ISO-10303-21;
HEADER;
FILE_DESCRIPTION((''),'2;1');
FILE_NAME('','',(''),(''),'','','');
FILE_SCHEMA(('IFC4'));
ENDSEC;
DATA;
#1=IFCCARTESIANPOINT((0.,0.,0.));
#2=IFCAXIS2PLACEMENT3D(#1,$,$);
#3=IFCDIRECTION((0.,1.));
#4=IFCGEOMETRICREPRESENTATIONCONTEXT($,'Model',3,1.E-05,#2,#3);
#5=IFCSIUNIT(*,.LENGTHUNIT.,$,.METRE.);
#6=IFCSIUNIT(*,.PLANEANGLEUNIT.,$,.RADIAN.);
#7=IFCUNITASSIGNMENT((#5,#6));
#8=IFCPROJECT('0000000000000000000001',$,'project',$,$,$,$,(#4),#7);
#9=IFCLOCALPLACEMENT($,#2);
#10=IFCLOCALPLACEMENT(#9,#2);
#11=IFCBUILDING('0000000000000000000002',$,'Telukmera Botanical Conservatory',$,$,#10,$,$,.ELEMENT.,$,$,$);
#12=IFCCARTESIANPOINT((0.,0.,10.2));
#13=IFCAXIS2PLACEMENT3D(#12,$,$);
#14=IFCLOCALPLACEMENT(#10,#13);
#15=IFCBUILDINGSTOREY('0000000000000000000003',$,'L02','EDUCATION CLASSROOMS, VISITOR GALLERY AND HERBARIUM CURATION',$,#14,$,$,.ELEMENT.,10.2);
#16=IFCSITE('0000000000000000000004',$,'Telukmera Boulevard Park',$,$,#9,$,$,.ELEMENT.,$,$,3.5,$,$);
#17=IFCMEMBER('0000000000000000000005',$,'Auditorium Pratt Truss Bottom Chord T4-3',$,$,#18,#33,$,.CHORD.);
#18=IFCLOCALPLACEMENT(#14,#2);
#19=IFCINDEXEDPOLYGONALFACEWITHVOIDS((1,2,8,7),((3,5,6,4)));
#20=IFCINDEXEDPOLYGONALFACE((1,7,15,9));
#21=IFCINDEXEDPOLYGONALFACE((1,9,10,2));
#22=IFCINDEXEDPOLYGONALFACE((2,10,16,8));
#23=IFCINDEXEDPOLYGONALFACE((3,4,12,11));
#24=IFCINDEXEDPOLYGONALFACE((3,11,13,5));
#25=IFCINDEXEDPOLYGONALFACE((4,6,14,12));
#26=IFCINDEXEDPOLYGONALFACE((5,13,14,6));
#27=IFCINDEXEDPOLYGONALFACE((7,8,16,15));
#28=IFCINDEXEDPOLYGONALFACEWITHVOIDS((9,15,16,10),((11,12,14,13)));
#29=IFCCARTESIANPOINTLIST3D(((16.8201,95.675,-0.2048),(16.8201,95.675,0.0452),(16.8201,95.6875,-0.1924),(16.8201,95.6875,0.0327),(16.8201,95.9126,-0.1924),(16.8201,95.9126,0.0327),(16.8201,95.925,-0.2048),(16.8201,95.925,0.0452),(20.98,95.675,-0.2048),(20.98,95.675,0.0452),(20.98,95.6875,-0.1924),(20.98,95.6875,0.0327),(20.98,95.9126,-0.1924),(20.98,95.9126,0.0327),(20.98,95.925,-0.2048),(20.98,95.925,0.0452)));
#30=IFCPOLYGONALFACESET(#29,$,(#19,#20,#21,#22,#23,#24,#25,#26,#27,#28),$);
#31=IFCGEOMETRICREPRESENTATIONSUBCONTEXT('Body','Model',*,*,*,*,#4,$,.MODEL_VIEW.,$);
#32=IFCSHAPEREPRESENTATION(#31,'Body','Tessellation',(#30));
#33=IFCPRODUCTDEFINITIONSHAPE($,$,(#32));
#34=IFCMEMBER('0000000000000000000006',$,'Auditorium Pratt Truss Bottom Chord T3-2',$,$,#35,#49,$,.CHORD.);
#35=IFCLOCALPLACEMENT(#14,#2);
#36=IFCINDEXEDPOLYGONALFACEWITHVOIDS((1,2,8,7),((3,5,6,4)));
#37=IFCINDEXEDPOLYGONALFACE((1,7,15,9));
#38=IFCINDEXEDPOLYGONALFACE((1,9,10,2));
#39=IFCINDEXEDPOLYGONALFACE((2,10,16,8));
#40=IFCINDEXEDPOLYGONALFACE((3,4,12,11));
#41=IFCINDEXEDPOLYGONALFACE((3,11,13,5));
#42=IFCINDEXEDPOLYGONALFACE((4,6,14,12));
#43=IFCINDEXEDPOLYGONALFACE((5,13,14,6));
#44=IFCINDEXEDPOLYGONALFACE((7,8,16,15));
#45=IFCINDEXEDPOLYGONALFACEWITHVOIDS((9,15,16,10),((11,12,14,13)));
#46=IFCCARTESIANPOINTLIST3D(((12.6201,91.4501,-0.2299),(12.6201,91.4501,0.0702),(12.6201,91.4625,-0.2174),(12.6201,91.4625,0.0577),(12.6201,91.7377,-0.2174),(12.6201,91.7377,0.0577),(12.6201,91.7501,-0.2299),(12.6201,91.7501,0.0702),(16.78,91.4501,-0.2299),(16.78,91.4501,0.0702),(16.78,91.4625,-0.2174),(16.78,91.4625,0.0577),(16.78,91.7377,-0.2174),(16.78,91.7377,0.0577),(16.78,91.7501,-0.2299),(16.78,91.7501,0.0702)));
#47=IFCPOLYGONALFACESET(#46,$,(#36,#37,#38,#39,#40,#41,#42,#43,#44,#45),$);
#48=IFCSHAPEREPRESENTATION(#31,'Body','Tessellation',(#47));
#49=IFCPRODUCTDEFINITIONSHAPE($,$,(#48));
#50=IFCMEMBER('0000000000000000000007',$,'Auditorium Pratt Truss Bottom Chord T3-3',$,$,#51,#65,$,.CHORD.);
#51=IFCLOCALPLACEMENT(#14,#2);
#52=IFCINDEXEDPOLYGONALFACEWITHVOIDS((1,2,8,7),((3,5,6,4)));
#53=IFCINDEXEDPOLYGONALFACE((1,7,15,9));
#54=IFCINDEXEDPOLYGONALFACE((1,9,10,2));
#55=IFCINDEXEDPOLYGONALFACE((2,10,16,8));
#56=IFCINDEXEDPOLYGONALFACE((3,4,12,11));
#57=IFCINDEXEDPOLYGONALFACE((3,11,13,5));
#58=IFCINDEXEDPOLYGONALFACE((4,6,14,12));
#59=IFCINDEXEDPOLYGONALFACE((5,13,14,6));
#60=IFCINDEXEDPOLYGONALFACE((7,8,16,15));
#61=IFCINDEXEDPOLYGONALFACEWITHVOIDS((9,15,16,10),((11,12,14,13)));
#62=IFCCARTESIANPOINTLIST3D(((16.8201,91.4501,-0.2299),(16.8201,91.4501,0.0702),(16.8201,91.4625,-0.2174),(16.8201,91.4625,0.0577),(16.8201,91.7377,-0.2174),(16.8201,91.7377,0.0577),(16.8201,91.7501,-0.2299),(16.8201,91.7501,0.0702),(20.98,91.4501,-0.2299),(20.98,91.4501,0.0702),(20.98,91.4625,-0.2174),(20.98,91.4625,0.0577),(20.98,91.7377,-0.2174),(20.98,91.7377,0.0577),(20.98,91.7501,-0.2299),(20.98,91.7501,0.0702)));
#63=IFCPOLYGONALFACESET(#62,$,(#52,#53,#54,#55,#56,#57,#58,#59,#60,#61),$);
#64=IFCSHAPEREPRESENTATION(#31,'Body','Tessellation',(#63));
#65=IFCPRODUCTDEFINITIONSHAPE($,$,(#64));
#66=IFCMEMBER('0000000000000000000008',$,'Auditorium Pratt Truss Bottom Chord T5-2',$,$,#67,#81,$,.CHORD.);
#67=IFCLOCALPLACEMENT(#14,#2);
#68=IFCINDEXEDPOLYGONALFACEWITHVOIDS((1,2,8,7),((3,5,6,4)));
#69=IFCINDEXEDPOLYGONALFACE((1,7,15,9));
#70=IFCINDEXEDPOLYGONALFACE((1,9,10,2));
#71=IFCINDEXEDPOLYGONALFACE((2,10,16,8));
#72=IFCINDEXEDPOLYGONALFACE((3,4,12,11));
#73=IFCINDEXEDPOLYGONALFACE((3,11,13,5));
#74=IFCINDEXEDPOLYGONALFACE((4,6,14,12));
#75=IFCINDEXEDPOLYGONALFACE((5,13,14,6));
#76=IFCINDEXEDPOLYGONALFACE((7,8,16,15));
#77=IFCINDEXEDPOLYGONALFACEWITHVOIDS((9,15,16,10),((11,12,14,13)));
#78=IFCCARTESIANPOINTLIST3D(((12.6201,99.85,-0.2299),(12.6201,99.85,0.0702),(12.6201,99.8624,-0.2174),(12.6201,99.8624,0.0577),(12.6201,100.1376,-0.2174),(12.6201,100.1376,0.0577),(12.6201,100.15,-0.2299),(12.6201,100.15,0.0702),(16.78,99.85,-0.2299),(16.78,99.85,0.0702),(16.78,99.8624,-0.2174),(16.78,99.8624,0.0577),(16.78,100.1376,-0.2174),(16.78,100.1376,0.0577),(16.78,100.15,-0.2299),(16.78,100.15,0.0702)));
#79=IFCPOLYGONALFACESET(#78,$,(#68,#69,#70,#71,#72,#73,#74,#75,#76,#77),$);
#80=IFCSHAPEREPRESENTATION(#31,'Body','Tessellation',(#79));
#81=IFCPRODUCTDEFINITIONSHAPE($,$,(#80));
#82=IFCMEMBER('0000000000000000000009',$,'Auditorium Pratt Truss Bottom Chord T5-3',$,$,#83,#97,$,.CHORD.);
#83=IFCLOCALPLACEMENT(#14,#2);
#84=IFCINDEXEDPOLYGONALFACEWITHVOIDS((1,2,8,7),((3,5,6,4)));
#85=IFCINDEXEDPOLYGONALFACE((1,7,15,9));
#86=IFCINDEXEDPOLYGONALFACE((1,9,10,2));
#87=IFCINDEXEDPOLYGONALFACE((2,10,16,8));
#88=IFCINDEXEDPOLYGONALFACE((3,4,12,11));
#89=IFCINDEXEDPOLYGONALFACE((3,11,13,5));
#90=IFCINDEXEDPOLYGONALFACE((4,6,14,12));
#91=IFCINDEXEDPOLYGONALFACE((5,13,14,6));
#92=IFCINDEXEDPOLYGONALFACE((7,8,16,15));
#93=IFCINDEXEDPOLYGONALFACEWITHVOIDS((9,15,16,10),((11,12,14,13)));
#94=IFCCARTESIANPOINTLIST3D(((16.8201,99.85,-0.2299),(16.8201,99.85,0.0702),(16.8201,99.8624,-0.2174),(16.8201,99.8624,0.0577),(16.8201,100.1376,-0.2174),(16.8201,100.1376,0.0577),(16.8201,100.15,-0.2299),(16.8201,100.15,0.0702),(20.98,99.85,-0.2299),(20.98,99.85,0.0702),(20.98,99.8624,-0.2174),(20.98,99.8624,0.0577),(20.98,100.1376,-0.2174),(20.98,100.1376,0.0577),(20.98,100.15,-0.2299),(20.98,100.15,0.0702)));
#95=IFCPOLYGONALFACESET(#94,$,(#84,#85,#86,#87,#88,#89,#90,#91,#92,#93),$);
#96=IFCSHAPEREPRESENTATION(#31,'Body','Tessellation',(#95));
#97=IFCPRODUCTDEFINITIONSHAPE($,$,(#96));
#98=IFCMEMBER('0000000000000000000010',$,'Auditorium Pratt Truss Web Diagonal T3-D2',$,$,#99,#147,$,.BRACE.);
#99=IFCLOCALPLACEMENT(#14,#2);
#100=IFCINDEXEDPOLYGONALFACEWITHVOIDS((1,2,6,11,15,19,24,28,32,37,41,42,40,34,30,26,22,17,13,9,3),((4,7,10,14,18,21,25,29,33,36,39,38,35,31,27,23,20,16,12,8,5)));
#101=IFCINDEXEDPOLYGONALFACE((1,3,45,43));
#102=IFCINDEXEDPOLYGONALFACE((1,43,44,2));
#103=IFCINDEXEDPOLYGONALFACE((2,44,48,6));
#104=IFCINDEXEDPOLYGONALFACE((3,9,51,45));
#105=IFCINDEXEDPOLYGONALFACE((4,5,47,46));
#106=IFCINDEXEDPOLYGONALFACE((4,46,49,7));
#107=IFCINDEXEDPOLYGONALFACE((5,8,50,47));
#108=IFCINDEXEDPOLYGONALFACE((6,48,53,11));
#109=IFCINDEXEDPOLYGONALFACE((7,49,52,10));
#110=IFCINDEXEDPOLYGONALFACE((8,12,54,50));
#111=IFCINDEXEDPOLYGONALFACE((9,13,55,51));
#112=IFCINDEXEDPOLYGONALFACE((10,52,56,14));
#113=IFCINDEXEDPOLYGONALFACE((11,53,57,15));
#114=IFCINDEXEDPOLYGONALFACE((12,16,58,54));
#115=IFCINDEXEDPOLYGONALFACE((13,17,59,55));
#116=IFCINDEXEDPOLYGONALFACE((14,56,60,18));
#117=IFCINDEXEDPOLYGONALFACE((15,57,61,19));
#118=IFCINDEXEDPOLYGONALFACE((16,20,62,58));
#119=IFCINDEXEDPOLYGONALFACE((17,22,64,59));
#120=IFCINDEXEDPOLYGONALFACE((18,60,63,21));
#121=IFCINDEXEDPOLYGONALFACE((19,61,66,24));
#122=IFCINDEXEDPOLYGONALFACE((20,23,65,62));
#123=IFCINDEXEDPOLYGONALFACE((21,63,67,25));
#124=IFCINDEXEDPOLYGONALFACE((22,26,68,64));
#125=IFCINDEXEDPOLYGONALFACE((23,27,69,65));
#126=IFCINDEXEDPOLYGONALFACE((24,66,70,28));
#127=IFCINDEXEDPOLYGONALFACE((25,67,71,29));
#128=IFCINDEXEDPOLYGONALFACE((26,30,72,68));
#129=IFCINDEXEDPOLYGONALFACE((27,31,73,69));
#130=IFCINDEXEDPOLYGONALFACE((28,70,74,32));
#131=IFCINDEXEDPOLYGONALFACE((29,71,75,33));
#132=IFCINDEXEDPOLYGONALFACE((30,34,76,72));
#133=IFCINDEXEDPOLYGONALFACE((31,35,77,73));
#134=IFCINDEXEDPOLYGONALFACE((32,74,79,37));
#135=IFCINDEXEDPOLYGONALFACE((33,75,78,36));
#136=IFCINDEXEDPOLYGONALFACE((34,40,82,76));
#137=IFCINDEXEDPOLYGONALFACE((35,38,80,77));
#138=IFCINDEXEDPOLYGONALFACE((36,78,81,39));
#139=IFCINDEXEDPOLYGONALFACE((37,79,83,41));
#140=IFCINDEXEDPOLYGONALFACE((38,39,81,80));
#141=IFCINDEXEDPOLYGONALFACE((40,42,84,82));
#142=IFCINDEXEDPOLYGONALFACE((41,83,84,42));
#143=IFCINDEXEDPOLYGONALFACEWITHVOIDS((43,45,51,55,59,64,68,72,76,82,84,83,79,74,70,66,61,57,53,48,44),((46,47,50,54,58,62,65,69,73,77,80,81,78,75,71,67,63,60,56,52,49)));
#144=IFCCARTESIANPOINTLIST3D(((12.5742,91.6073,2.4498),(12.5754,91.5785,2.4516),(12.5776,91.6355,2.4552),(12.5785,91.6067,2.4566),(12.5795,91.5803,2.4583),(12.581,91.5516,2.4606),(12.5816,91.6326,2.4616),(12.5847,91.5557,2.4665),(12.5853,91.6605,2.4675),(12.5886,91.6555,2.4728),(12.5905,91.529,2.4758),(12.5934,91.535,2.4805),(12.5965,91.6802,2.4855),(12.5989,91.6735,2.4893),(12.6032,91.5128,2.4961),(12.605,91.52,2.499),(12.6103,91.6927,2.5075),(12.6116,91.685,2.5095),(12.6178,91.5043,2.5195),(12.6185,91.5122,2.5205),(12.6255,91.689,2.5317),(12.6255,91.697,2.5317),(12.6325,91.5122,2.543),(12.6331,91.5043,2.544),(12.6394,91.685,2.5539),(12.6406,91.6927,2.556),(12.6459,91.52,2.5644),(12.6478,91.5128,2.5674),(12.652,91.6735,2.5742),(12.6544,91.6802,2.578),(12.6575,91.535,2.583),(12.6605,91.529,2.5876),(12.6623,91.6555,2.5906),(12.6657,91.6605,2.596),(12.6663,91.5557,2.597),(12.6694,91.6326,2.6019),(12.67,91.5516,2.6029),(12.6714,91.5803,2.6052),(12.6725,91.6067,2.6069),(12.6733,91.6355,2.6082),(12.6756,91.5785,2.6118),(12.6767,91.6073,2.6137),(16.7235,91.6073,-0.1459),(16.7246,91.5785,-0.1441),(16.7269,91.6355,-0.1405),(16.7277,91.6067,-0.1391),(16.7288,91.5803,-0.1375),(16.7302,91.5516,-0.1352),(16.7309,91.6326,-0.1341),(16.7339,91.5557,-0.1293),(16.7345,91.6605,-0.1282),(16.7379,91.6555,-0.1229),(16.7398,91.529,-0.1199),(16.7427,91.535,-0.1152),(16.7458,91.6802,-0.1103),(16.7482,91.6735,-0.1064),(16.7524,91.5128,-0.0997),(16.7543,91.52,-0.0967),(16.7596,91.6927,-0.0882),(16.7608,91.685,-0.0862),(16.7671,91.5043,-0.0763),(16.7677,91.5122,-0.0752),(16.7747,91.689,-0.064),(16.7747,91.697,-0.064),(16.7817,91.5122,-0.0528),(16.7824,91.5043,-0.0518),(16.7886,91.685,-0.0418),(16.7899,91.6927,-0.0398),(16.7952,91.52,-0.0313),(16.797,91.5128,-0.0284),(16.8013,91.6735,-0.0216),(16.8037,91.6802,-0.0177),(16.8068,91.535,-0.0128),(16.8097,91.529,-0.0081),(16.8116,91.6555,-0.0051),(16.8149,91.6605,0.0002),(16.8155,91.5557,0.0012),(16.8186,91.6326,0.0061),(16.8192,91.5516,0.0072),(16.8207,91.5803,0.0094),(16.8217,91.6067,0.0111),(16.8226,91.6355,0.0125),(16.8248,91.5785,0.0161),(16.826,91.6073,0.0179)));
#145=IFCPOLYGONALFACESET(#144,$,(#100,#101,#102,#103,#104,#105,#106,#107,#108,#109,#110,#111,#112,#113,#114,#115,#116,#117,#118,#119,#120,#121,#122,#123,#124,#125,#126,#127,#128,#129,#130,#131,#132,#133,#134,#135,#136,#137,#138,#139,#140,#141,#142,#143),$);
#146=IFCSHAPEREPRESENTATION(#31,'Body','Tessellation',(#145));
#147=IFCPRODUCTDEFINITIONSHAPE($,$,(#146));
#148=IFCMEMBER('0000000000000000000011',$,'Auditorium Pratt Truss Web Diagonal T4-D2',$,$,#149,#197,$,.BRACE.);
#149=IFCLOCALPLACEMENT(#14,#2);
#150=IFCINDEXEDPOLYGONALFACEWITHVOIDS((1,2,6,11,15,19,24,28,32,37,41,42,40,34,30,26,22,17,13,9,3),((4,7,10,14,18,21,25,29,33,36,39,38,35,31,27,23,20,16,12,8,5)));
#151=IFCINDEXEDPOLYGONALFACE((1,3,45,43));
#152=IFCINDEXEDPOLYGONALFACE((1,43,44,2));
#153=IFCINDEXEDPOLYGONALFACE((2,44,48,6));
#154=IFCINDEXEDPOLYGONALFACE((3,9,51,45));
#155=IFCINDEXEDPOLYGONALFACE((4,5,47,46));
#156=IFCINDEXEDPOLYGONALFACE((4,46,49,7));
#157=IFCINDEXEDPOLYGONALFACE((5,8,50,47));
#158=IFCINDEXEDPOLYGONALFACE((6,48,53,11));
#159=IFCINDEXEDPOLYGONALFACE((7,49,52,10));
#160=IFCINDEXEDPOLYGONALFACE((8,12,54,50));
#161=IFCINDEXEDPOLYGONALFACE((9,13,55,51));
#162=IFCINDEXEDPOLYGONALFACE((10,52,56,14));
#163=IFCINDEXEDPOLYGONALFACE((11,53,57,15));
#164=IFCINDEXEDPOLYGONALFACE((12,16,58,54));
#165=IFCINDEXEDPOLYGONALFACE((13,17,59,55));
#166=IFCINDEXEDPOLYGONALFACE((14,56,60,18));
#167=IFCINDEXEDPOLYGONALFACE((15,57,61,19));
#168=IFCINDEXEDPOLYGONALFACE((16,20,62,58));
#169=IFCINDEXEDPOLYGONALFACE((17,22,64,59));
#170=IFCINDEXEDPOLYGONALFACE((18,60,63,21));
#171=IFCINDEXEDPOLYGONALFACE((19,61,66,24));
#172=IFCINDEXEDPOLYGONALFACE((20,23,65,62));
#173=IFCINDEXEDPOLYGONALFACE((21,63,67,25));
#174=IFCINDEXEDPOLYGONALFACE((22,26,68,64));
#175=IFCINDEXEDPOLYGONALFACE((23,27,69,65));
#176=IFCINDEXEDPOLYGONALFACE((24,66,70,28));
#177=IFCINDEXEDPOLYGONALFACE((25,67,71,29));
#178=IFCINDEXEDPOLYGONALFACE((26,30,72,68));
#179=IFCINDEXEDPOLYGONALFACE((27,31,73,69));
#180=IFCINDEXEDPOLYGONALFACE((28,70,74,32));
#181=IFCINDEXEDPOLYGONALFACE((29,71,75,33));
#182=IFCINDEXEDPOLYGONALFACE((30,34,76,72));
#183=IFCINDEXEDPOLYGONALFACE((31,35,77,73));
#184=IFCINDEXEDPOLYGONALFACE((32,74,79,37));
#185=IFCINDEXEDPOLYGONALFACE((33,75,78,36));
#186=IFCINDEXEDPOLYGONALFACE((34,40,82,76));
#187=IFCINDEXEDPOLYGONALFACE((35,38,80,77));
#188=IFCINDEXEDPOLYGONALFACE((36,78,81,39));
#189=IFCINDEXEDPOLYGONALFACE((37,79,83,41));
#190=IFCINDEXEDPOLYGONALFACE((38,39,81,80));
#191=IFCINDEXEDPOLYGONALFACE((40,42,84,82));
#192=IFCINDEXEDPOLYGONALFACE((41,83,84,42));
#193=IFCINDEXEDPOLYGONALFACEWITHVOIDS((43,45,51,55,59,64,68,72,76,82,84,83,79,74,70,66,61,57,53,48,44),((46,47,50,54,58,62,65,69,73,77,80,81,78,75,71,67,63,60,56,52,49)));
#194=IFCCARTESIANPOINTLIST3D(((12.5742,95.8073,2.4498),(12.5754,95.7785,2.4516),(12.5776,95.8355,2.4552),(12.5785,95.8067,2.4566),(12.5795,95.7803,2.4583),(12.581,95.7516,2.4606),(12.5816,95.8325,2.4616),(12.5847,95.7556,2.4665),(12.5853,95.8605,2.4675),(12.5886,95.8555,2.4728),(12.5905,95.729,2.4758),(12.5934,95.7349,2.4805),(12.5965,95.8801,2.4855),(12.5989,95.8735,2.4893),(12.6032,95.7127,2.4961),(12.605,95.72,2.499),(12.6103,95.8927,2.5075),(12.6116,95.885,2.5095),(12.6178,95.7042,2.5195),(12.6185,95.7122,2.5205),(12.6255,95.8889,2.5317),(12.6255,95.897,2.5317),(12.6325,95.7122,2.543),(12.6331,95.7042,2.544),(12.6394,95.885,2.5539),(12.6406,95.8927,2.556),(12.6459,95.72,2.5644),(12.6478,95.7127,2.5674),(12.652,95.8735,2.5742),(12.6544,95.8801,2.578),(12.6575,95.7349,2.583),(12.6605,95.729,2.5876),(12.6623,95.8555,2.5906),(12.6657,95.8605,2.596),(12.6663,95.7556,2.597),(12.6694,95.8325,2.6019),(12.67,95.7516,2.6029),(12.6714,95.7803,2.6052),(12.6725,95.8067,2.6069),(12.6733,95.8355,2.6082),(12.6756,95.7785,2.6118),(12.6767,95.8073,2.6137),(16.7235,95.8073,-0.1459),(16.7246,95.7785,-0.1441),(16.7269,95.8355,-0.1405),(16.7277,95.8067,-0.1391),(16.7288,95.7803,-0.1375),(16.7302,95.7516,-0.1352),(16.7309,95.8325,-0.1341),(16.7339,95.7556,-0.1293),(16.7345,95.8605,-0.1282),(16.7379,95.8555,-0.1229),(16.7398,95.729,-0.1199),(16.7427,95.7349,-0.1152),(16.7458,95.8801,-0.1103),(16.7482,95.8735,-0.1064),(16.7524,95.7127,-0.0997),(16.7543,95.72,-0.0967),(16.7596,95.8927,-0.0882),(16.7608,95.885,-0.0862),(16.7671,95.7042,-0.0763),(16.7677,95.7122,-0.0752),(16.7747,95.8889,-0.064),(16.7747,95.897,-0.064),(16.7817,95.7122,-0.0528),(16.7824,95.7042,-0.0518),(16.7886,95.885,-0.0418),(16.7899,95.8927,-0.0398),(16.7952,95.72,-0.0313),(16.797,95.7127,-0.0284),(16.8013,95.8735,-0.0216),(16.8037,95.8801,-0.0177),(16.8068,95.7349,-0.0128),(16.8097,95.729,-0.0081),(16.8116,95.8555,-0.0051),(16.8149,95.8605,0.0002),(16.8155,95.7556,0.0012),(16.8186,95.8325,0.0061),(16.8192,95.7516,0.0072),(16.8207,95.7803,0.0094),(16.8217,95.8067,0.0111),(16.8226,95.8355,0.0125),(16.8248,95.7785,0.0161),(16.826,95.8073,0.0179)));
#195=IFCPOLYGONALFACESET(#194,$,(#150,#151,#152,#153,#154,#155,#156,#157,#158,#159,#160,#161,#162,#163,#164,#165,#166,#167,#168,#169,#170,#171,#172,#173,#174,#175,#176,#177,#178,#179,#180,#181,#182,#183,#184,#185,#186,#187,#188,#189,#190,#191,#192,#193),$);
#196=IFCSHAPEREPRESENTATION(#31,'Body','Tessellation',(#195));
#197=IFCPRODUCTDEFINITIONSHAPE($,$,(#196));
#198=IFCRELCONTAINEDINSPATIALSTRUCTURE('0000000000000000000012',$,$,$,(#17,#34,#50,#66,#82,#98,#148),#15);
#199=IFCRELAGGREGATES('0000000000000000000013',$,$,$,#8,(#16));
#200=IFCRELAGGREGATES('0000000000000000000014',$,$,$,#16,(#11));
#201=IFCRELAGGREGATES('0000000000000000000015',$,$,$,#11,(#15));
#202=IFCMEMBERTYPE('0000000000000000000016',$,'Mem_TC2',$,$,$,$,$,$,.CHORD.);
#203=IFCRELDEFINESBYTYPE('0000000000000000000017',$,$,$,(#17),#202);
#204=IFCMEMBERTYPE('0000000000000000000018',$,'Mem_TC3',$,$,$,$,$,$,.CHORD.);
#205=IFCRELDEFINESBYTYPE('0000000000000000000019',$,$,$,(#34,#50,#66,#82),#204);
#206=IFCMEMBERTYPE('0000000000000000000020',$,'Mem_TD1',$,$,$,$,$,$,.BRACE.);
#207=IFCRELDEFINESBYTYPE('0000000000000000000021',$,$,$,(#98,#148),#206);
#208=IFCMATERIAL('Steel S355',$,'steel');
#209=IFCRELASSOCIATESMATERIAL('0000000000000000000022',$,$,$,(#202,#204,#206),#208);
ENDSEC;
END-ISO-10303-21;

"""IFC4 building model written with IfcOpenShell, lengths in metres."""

from ifc_helpers import new_model, si_unit, direction, frame, origin, origin_2d, place, context, subcontext, project, spatial, hollow_rectangle, hollow_circle, extrude, material, material_profile, profile_set, type_object, element, save


model = new_model("IFC4")

# Units and contexts
model_context = context("Model", 3, precision=1e-05, world=origin(), true_north=direction((0.0, 1.0)))
body_context = subcontext(model_context, "Body", "Model", "MODEL_VIEW")
ifc_project = project(units=[si_unit("LENGTHUNIT", "METRE"), si_unit("PLANEANGLEUNIT", "RADIAN")], contexts=[model_context])

# Site, building, storey
site_placement = place(None, origin())
site = spatial("IfcSite", under=ifc_project, at=site_placement, Name="Telukmera Boulevard Park", CompositionType="ELEMENT", RefElevation=3.5)
building_placement = place(site_placement, origin())
building = spatial("IfcBuilding", under=site, at=building_placement, Name="Telukmera Botanical Conservatory", CompositionType="ELEMENT")
storey_placement = place(building_placement, frame((0.0, 0.0, 10.2)))
storey = spatial("IfcBuildingStorey", under=building, at=storey_placement, Name="L02", Description="EDUCATION CLASSROOMS, VISITOR GALLERY AND HERBARIUM CURATION", CompositionType="ELEMENT", Elevation=10.2)

# Members
ifc_material = material(Name="Steel S355", Category="steel")
ifc_material_profile_1 = material_profile(ifc_material, hollow_rectangle(XDim=0.25, YDim=0.25, WallThickness=0.0125, at=origin_2d()), Name="SHS 250x250x12.5")
ifc_profile_set_1 = profile_set([ifc_material_profile_1], Name="Steel S355")
member_type_1 = type_object("IfcMemberType", Name="Mem_TC2", PredefinedType="CHORD", material=ifc_profile_set_1)
for number, where, z_axis, x_axis, name in (
    (1, (16.8201, 95.8, -0.0798), (1.0, 0.0, 0.0), (0.0, 1.0, 0.0), "Auditorium Pratt Truss Bottom Chord T4-3"),
):
    element("IfcMember", number, at=place(storey_placement, frame(where, z_axis=z_axis, x_axis=x_axis)), inside=storey, type_object=member_type_1, Name=name, PredefinedType="CHORD", context=body_context, shape_type="SweptSolid", body=[
        extrude(hollow_rectangle(XDim=0.25, YDim=0.25, WallThickness=0.0125, at=origin_2d()), origin(), (0.0, 0.0, 1.0), 4.1599),
    ])
ifc_material_profile_2 = material_profile(ifc_material, hollow_rectangle(XDim=0.3, YDim=0.3, WallThickness=0.0125, at=origin_2d()), Name="SHS 300x300x12.5")
ifc_profile_set_2 = profile_set([ifc_material_profile_2], Name="Steel S355")
member_type_2 = type_object("IfcMemberType", Name="Mem_TC3", PredefinedType="CHORD", material=ifc_profile_set_2)
for number, where, z_axis, x_axis, name in (
    (2, (12.6201, 91.6001, -0.0798), (1.0, 0.0, 0.0), (0.0, 1.0, 0.0), "Auditorium Pratt Truss Bottom Chord T3-2"),
    (3, (16.8201, 91.6001, -0.0798), (1.0, 0.0, 0.0), (0.0, 1.0, 0.0), "Auditorium Pratt Truss Bottom Chord T3-3"),
    (4, (12.6201, 100.0, -0.0798), (1.0, 0.0, 0.0), (0.0, 1.0, 0.0), "Auditorium Pratt Truss Bottom Chord T5-2"),
    (5, (16.8201, 100.0, -0.0798), (1.0, 0.0, 0.0), (0.0, 1.0, 0.0), "Auditorium Pratt Truss Bottom Chord T5-3"),
):
    element("IfcMember", number, at=place(storey_placement, frame(where, z_axis=z_axis, x_axis=x_axis)), inside=storey, type_object=member_type_2, Name=name, PredefinedType="CHORD", context=body_context, shape_type="SweptSolid", body=[
        extrude(hollow_rectangle(XDim=0.3, YDim=0.3, WallThickness=0.0125, at=origin_2d()), origin(), (0.0, 0.0, 1.0), 4.1599),
    ])
ifc_material_profile_3 = material_profile(ifc_material, hollow_circle(Radius=0.0969, WallThickness=0.0081, at=origin_2d()), Name="CHS 193.7x8.0")
ifc_profile_set_3 = profile_set([ifc_material_profile_3], Name="Steel S355")
member_type_3 = type_object("IfcMemberType", Name="Mem_TD1", PredefinedType="BRACE", material=ifc_profile_set_3)
for number, where, z_axis, x_axis, name in (
    (6, (12.6255, 91.6001, 2.5317), (0.847771, 0.0, -0.530362), (0.0, 1.0, 0.0), "Auditorium Pratt Truss Web Diagonal T3-D2"),
    (7, (12.6255, 95.8, 2.5317), (0.847771, 0.0, -0.530362), (0.0, 1.0, 0.0), "Auditorium Pratt Truss Web Diagonal T4-D2"),
):
    element("IfcMember", number, at=place(storey_placement, frame(where, z_axis=z_axis, x_axis=x_axis)), inside=storey, type_object=member_type_3, Name=name, PredefinedType="BRACE", context=body_context, shape_type="SweptSolid", body=[
        extrude(hollow_circle(Radius=0.0969, WallThickness=0.0081, at=origin_2d()), origin(), (0.0, 0.0, 1.0), 4.8943),
    ])

save(model, "model.ifc")
